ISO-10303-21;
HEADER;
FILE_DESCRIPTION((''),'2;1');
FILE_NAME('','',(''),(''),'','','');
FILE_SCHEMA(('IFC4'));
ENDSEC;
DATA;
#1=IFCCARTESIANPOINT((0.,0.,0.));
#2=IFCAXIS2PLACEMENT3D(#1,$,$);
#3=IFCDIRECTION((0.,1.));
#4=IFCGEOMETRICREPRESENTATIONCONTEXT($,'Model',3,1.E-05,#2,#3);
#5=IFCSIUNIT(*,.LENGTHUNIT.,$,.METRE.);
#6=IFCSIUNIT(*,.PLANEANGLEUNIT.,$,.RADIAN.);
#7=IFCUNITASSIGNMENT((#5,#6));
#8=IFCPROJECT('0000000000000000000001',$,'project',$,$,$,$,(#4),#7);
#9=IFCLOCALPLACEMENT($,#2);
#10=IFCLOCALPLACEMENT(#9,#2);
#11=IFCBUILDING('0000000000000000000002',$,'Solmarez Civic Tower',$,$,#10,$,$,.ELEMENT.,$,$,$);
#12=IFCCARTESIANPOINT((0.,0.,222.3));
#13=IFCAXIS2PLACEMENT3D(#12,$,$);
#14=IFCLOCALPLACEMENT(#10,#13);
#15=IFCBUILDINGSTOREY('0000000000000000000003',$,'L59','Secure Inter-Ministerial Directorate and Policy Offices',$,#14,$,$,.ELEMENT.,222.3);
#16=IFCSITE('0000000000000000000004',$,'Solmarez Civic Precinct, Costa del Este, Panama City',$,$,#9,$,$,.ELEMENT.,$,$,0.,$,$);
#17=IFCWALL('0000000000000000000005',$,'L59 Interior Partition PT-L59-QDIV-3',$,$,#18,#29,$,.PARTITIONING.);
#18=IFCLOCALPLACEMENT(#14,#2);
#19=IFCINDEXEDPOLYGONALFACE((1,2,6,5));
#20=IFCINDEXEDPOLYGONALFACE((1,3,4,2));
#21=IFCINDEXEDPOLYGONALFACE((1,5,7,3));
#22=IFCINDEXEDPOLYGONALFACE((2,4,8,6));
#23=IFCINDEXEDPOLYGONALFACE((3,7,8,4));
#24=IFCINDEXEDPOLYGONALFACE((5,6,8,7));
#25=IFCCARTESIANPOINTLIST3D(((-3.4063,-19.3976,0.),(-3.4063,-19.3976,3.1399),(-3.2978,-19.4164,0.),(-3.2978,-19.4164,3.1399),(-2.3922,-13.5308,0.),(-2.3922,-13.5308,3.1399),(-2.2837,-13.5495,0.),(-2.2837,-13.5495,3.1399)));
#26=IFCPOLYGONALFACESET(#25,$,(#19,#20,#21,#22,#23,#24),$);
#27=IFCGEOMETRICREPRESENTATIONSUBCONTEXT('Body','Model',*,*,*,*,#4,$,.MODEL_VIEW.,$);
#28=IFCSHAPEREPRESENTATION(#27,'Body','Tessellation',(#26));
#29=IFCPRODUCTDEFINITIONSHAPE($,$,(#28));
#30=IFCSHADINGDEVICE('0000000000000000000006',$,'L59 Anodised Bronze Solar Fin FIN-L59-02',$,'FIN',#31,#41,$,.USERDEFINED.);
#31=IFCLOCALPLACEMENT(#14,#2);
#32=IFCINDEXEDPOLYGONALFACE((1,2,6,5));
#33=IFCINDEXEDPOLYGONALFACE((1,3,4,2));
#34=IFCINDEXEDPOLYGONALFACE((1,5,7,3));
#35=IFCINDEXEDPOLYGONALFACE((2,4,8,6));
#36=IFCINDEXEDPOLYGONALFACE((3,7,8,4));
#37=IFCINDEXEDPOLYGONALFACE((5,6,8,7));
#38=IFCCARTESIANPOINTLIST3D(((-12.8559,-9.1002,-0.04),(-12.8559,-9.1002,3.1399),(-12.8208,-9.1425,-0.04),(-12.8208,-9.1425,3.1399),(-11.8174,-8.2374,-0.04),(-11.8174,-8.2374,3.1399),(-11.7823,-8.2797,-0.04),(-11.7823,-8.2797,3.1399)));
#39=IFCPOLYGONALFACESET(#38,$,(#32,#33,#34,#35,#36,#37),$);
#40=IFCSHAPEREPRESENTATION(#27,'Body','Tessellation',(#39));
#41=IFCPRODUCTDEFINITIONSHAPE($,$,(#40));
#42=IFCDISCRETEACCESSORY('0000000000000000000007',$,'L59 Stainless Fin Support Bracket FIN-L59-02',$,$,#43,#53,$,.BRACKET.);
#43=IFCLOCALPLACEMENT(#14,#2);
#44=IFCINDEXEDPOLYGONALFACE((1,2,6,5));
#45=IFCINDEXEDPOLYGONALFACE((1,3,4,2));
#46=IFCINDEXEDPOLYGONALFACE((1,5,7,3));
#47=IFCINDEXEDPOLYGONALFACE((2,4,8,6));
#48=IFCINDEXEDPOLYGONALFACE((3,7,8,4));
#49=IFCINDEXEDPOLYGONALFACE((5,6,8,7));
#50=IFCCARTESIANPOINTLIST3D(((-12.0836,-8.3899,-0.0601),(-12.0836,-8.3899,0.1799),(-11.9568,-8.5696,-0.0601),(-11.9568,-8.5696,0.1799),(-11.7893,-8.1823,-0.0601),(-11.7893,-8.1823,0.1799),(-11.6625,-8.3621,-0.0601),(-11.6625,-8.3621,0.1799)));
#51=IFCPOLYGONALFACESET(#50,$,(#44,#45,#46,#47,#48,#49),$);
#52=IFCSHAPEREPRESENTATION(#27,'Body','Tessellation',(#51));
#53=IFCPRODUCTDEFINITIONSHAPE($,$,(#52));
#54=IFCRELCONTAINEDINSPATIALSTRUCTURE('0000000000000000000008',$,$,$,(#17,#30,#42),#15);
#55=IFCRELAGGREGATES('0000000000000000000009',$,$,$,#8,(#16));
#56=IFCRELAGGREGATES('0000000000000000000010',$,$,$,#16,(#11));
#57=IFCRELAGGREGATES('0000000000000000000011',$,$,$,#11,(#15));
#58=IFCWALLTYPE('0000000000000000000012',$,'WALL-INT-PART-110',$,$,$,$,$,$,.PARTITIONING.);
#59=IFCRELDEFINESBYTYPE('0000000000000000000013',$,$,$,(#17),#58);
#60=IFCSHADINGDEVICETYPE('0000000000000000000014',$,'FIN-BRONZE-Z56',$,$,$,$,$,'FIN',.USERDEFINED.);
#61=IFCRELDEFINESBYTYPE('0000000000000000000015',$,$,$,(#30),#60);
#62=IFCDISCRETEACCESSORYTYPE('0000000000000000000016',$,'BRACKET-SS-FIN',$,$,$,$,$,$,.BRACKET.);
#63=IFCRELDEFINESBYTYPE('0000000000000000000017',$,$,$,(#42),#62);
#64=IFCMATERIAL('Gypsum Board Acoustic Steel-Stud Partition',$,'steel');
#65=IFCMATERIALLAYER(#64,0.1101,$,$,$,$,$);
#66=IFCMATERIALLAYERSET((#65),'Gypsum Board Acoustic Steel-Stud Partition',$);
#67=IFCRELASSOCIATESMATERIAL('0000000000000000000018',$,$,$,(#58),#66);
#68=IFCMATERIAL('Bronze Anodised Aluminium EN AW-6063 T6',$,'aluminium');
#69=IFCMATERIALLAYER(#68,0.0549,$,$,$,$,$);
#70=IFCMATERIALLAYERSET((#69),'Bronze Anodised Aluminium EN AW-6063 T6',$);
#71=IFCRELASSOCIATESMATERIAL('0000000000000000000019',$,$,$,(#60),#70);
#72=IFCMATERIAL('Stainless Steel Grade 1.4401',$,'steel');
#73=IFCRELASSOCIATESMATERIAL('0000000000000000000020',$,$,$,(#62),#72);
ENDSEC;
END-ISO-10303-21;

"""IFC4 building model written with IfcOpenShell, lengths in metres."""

from ifc_helpers import new_model, si_unit, direction, frame, frame_2d, origin, origin_2d, place, context, subcontext, project, spatial, rectangle, extrude, material, layer, layer_set, type_object, element, save


model = new_model("IFC4")

# Units and contexts
model_context = context("Model", 3, precision=1e-05, world=origin(), true_north=direction((0.0, 1.0)))
body_context = subcontext(model_context, "Body", "Model", "MODEL_VIEW")
ifc_project = project(units=[si_unit("LENGTHUNIT", "METRE"), si_unit("PLANEANGLEUNIT", "RADIAN")], contexts=[model_context])

# Site, building, storey
site_placement = place(None, origin())
site = spatial("IfcSite", under=ifc_project, at=site_placement, Name="Solmarez Civic Precinct, Costa del Este, Panama City", CompositionType="ELEMENT", RefElevation=0.0)
building_placement = place(site_placement, origin())
building = spatial("IfcBuilding", under=site, at=building_placement, Name="Solmarez Civic Tower", CompositionType="ELEMENT")
storey_placement = place(building_placement, frame((0.0, 0.0, 222.3)))
storey = spatial("IfcBuildingStorey", under=building, at=storey_placement, Name="L59", Description="Secure Inter-Ministerial Directorate and Policy Offices", CompositionType="ELEMENT", Elevation=222.3)

# Shared definitions
ifc_material_1 = material(Name="Bronze Anodised Aluminium EN AW-6063 T6", Category="aluminium")

# Wall
ifc_material_2 = material(Name="Gypsum Board Acoustic Steel-Stud Partition", Category="steel")
ifc_layer_1 = layer(ifc_material_2, 0.1101)
ifc_layer_set_1 = layer_set([ifc_layer_1], Name="Gypsum Board Acoustic Steel-Stud Partition")
wall_type_1 = type_object("IfcWallType", Name="WALL-INT-PART-110", PredefinedType="PARTITIONING", material=ifc_layer_set_1)
wall_1_placement = place(storey_placement, frame((-2.3379, -13.54, 0.0), z_axis=(0.0, 0.0, 1.0), x_axis=(-0.170334, -0.985386, 0.0)))
element("IfcWall", 1, at=wall_1_placement, inside=storey, type_object=wall_type_1, Name="L59 Interior Partition PT-L59-QDIV-3", PredefinedType="PARTITIONING", context=body_context, shape_type="SweptSolid", body=[
    extrude(rectangle(XDim=5.9539, YDim=0.1101, at=frame_2d((2.9771, 0.0))), origin(), (0.0, 0.0, 1.0), 3.1399),
])

# Shading device
ifc_layer_2 = layer(ifc_material_1, 0.0549)
ifc_layer_set_2 = layer_set([ifc_layer_2], Name="Bronze Anodised Aluminium EN AW-6063 T6")
shading_device_type = type_object("IfcShadingDeviceType", Name="FIN-BRONZE-Z56", ElementType="FIN", PredefinedType="USERDEFINED", material=ifc_layer_set_2)
shading_device_placement = place(storey_placement, frame((-12.3191, -8.6899, -0.04), z_axis=(0.0, 0.0, 1.0), x_axis=(-0.769165, -0.63905, 0.0)))
element("IfcShadingDevice", 2, at=shading_device_placement, inside=storey, type_object=shading_device_type, Name="L59 Anodised Bronze Solar Fin FIN-L59-02", ObjectType="FIN", PredefinedType="USERDEFINED", context=body_context, shape_type="SweptSolid", body=[
    extrude(rectangle(XDim=1.3501, YDim=0.0549, at=origin_2d()), origin(), (0.0, 0.0, 1.0), 3.1799),
])

# Discrete accessory
ifc_material_3 = material(Name="Stainless Steel Grade 1.4401", Category="steel")
discrete_accessory_type = type_object("IfcDiscreteAccessoryType", Name="BRACKET-SS-FIN", PredefinedType="BRACKET", material=ifc_material_3)
discrete_accessory_placement = place(storey_placement, frame((-11.873, -8.376, -0.0601), z_axis=(0.0, 0.0, 1.0), x_axis=(-0.817158, -0.576413, 0.0)))
element("IfcDiscreteAccessory", 3, at=discrete_accessory_placement, inside=storey, type_object=discrete_accessory_type, Name="L59 Stainless Fin Support Bracket FIN-L59-02", PredefinedType="BRACKET", context=body_context, shape_type="SweptSolid", body=[
    extrude(rectangle(XDim=0.3601, YDim=0.22, at=origin_2d()), origin(), (0.0, 0.0, 1.0), 0.24),
])

save(model, "model.ifc")
